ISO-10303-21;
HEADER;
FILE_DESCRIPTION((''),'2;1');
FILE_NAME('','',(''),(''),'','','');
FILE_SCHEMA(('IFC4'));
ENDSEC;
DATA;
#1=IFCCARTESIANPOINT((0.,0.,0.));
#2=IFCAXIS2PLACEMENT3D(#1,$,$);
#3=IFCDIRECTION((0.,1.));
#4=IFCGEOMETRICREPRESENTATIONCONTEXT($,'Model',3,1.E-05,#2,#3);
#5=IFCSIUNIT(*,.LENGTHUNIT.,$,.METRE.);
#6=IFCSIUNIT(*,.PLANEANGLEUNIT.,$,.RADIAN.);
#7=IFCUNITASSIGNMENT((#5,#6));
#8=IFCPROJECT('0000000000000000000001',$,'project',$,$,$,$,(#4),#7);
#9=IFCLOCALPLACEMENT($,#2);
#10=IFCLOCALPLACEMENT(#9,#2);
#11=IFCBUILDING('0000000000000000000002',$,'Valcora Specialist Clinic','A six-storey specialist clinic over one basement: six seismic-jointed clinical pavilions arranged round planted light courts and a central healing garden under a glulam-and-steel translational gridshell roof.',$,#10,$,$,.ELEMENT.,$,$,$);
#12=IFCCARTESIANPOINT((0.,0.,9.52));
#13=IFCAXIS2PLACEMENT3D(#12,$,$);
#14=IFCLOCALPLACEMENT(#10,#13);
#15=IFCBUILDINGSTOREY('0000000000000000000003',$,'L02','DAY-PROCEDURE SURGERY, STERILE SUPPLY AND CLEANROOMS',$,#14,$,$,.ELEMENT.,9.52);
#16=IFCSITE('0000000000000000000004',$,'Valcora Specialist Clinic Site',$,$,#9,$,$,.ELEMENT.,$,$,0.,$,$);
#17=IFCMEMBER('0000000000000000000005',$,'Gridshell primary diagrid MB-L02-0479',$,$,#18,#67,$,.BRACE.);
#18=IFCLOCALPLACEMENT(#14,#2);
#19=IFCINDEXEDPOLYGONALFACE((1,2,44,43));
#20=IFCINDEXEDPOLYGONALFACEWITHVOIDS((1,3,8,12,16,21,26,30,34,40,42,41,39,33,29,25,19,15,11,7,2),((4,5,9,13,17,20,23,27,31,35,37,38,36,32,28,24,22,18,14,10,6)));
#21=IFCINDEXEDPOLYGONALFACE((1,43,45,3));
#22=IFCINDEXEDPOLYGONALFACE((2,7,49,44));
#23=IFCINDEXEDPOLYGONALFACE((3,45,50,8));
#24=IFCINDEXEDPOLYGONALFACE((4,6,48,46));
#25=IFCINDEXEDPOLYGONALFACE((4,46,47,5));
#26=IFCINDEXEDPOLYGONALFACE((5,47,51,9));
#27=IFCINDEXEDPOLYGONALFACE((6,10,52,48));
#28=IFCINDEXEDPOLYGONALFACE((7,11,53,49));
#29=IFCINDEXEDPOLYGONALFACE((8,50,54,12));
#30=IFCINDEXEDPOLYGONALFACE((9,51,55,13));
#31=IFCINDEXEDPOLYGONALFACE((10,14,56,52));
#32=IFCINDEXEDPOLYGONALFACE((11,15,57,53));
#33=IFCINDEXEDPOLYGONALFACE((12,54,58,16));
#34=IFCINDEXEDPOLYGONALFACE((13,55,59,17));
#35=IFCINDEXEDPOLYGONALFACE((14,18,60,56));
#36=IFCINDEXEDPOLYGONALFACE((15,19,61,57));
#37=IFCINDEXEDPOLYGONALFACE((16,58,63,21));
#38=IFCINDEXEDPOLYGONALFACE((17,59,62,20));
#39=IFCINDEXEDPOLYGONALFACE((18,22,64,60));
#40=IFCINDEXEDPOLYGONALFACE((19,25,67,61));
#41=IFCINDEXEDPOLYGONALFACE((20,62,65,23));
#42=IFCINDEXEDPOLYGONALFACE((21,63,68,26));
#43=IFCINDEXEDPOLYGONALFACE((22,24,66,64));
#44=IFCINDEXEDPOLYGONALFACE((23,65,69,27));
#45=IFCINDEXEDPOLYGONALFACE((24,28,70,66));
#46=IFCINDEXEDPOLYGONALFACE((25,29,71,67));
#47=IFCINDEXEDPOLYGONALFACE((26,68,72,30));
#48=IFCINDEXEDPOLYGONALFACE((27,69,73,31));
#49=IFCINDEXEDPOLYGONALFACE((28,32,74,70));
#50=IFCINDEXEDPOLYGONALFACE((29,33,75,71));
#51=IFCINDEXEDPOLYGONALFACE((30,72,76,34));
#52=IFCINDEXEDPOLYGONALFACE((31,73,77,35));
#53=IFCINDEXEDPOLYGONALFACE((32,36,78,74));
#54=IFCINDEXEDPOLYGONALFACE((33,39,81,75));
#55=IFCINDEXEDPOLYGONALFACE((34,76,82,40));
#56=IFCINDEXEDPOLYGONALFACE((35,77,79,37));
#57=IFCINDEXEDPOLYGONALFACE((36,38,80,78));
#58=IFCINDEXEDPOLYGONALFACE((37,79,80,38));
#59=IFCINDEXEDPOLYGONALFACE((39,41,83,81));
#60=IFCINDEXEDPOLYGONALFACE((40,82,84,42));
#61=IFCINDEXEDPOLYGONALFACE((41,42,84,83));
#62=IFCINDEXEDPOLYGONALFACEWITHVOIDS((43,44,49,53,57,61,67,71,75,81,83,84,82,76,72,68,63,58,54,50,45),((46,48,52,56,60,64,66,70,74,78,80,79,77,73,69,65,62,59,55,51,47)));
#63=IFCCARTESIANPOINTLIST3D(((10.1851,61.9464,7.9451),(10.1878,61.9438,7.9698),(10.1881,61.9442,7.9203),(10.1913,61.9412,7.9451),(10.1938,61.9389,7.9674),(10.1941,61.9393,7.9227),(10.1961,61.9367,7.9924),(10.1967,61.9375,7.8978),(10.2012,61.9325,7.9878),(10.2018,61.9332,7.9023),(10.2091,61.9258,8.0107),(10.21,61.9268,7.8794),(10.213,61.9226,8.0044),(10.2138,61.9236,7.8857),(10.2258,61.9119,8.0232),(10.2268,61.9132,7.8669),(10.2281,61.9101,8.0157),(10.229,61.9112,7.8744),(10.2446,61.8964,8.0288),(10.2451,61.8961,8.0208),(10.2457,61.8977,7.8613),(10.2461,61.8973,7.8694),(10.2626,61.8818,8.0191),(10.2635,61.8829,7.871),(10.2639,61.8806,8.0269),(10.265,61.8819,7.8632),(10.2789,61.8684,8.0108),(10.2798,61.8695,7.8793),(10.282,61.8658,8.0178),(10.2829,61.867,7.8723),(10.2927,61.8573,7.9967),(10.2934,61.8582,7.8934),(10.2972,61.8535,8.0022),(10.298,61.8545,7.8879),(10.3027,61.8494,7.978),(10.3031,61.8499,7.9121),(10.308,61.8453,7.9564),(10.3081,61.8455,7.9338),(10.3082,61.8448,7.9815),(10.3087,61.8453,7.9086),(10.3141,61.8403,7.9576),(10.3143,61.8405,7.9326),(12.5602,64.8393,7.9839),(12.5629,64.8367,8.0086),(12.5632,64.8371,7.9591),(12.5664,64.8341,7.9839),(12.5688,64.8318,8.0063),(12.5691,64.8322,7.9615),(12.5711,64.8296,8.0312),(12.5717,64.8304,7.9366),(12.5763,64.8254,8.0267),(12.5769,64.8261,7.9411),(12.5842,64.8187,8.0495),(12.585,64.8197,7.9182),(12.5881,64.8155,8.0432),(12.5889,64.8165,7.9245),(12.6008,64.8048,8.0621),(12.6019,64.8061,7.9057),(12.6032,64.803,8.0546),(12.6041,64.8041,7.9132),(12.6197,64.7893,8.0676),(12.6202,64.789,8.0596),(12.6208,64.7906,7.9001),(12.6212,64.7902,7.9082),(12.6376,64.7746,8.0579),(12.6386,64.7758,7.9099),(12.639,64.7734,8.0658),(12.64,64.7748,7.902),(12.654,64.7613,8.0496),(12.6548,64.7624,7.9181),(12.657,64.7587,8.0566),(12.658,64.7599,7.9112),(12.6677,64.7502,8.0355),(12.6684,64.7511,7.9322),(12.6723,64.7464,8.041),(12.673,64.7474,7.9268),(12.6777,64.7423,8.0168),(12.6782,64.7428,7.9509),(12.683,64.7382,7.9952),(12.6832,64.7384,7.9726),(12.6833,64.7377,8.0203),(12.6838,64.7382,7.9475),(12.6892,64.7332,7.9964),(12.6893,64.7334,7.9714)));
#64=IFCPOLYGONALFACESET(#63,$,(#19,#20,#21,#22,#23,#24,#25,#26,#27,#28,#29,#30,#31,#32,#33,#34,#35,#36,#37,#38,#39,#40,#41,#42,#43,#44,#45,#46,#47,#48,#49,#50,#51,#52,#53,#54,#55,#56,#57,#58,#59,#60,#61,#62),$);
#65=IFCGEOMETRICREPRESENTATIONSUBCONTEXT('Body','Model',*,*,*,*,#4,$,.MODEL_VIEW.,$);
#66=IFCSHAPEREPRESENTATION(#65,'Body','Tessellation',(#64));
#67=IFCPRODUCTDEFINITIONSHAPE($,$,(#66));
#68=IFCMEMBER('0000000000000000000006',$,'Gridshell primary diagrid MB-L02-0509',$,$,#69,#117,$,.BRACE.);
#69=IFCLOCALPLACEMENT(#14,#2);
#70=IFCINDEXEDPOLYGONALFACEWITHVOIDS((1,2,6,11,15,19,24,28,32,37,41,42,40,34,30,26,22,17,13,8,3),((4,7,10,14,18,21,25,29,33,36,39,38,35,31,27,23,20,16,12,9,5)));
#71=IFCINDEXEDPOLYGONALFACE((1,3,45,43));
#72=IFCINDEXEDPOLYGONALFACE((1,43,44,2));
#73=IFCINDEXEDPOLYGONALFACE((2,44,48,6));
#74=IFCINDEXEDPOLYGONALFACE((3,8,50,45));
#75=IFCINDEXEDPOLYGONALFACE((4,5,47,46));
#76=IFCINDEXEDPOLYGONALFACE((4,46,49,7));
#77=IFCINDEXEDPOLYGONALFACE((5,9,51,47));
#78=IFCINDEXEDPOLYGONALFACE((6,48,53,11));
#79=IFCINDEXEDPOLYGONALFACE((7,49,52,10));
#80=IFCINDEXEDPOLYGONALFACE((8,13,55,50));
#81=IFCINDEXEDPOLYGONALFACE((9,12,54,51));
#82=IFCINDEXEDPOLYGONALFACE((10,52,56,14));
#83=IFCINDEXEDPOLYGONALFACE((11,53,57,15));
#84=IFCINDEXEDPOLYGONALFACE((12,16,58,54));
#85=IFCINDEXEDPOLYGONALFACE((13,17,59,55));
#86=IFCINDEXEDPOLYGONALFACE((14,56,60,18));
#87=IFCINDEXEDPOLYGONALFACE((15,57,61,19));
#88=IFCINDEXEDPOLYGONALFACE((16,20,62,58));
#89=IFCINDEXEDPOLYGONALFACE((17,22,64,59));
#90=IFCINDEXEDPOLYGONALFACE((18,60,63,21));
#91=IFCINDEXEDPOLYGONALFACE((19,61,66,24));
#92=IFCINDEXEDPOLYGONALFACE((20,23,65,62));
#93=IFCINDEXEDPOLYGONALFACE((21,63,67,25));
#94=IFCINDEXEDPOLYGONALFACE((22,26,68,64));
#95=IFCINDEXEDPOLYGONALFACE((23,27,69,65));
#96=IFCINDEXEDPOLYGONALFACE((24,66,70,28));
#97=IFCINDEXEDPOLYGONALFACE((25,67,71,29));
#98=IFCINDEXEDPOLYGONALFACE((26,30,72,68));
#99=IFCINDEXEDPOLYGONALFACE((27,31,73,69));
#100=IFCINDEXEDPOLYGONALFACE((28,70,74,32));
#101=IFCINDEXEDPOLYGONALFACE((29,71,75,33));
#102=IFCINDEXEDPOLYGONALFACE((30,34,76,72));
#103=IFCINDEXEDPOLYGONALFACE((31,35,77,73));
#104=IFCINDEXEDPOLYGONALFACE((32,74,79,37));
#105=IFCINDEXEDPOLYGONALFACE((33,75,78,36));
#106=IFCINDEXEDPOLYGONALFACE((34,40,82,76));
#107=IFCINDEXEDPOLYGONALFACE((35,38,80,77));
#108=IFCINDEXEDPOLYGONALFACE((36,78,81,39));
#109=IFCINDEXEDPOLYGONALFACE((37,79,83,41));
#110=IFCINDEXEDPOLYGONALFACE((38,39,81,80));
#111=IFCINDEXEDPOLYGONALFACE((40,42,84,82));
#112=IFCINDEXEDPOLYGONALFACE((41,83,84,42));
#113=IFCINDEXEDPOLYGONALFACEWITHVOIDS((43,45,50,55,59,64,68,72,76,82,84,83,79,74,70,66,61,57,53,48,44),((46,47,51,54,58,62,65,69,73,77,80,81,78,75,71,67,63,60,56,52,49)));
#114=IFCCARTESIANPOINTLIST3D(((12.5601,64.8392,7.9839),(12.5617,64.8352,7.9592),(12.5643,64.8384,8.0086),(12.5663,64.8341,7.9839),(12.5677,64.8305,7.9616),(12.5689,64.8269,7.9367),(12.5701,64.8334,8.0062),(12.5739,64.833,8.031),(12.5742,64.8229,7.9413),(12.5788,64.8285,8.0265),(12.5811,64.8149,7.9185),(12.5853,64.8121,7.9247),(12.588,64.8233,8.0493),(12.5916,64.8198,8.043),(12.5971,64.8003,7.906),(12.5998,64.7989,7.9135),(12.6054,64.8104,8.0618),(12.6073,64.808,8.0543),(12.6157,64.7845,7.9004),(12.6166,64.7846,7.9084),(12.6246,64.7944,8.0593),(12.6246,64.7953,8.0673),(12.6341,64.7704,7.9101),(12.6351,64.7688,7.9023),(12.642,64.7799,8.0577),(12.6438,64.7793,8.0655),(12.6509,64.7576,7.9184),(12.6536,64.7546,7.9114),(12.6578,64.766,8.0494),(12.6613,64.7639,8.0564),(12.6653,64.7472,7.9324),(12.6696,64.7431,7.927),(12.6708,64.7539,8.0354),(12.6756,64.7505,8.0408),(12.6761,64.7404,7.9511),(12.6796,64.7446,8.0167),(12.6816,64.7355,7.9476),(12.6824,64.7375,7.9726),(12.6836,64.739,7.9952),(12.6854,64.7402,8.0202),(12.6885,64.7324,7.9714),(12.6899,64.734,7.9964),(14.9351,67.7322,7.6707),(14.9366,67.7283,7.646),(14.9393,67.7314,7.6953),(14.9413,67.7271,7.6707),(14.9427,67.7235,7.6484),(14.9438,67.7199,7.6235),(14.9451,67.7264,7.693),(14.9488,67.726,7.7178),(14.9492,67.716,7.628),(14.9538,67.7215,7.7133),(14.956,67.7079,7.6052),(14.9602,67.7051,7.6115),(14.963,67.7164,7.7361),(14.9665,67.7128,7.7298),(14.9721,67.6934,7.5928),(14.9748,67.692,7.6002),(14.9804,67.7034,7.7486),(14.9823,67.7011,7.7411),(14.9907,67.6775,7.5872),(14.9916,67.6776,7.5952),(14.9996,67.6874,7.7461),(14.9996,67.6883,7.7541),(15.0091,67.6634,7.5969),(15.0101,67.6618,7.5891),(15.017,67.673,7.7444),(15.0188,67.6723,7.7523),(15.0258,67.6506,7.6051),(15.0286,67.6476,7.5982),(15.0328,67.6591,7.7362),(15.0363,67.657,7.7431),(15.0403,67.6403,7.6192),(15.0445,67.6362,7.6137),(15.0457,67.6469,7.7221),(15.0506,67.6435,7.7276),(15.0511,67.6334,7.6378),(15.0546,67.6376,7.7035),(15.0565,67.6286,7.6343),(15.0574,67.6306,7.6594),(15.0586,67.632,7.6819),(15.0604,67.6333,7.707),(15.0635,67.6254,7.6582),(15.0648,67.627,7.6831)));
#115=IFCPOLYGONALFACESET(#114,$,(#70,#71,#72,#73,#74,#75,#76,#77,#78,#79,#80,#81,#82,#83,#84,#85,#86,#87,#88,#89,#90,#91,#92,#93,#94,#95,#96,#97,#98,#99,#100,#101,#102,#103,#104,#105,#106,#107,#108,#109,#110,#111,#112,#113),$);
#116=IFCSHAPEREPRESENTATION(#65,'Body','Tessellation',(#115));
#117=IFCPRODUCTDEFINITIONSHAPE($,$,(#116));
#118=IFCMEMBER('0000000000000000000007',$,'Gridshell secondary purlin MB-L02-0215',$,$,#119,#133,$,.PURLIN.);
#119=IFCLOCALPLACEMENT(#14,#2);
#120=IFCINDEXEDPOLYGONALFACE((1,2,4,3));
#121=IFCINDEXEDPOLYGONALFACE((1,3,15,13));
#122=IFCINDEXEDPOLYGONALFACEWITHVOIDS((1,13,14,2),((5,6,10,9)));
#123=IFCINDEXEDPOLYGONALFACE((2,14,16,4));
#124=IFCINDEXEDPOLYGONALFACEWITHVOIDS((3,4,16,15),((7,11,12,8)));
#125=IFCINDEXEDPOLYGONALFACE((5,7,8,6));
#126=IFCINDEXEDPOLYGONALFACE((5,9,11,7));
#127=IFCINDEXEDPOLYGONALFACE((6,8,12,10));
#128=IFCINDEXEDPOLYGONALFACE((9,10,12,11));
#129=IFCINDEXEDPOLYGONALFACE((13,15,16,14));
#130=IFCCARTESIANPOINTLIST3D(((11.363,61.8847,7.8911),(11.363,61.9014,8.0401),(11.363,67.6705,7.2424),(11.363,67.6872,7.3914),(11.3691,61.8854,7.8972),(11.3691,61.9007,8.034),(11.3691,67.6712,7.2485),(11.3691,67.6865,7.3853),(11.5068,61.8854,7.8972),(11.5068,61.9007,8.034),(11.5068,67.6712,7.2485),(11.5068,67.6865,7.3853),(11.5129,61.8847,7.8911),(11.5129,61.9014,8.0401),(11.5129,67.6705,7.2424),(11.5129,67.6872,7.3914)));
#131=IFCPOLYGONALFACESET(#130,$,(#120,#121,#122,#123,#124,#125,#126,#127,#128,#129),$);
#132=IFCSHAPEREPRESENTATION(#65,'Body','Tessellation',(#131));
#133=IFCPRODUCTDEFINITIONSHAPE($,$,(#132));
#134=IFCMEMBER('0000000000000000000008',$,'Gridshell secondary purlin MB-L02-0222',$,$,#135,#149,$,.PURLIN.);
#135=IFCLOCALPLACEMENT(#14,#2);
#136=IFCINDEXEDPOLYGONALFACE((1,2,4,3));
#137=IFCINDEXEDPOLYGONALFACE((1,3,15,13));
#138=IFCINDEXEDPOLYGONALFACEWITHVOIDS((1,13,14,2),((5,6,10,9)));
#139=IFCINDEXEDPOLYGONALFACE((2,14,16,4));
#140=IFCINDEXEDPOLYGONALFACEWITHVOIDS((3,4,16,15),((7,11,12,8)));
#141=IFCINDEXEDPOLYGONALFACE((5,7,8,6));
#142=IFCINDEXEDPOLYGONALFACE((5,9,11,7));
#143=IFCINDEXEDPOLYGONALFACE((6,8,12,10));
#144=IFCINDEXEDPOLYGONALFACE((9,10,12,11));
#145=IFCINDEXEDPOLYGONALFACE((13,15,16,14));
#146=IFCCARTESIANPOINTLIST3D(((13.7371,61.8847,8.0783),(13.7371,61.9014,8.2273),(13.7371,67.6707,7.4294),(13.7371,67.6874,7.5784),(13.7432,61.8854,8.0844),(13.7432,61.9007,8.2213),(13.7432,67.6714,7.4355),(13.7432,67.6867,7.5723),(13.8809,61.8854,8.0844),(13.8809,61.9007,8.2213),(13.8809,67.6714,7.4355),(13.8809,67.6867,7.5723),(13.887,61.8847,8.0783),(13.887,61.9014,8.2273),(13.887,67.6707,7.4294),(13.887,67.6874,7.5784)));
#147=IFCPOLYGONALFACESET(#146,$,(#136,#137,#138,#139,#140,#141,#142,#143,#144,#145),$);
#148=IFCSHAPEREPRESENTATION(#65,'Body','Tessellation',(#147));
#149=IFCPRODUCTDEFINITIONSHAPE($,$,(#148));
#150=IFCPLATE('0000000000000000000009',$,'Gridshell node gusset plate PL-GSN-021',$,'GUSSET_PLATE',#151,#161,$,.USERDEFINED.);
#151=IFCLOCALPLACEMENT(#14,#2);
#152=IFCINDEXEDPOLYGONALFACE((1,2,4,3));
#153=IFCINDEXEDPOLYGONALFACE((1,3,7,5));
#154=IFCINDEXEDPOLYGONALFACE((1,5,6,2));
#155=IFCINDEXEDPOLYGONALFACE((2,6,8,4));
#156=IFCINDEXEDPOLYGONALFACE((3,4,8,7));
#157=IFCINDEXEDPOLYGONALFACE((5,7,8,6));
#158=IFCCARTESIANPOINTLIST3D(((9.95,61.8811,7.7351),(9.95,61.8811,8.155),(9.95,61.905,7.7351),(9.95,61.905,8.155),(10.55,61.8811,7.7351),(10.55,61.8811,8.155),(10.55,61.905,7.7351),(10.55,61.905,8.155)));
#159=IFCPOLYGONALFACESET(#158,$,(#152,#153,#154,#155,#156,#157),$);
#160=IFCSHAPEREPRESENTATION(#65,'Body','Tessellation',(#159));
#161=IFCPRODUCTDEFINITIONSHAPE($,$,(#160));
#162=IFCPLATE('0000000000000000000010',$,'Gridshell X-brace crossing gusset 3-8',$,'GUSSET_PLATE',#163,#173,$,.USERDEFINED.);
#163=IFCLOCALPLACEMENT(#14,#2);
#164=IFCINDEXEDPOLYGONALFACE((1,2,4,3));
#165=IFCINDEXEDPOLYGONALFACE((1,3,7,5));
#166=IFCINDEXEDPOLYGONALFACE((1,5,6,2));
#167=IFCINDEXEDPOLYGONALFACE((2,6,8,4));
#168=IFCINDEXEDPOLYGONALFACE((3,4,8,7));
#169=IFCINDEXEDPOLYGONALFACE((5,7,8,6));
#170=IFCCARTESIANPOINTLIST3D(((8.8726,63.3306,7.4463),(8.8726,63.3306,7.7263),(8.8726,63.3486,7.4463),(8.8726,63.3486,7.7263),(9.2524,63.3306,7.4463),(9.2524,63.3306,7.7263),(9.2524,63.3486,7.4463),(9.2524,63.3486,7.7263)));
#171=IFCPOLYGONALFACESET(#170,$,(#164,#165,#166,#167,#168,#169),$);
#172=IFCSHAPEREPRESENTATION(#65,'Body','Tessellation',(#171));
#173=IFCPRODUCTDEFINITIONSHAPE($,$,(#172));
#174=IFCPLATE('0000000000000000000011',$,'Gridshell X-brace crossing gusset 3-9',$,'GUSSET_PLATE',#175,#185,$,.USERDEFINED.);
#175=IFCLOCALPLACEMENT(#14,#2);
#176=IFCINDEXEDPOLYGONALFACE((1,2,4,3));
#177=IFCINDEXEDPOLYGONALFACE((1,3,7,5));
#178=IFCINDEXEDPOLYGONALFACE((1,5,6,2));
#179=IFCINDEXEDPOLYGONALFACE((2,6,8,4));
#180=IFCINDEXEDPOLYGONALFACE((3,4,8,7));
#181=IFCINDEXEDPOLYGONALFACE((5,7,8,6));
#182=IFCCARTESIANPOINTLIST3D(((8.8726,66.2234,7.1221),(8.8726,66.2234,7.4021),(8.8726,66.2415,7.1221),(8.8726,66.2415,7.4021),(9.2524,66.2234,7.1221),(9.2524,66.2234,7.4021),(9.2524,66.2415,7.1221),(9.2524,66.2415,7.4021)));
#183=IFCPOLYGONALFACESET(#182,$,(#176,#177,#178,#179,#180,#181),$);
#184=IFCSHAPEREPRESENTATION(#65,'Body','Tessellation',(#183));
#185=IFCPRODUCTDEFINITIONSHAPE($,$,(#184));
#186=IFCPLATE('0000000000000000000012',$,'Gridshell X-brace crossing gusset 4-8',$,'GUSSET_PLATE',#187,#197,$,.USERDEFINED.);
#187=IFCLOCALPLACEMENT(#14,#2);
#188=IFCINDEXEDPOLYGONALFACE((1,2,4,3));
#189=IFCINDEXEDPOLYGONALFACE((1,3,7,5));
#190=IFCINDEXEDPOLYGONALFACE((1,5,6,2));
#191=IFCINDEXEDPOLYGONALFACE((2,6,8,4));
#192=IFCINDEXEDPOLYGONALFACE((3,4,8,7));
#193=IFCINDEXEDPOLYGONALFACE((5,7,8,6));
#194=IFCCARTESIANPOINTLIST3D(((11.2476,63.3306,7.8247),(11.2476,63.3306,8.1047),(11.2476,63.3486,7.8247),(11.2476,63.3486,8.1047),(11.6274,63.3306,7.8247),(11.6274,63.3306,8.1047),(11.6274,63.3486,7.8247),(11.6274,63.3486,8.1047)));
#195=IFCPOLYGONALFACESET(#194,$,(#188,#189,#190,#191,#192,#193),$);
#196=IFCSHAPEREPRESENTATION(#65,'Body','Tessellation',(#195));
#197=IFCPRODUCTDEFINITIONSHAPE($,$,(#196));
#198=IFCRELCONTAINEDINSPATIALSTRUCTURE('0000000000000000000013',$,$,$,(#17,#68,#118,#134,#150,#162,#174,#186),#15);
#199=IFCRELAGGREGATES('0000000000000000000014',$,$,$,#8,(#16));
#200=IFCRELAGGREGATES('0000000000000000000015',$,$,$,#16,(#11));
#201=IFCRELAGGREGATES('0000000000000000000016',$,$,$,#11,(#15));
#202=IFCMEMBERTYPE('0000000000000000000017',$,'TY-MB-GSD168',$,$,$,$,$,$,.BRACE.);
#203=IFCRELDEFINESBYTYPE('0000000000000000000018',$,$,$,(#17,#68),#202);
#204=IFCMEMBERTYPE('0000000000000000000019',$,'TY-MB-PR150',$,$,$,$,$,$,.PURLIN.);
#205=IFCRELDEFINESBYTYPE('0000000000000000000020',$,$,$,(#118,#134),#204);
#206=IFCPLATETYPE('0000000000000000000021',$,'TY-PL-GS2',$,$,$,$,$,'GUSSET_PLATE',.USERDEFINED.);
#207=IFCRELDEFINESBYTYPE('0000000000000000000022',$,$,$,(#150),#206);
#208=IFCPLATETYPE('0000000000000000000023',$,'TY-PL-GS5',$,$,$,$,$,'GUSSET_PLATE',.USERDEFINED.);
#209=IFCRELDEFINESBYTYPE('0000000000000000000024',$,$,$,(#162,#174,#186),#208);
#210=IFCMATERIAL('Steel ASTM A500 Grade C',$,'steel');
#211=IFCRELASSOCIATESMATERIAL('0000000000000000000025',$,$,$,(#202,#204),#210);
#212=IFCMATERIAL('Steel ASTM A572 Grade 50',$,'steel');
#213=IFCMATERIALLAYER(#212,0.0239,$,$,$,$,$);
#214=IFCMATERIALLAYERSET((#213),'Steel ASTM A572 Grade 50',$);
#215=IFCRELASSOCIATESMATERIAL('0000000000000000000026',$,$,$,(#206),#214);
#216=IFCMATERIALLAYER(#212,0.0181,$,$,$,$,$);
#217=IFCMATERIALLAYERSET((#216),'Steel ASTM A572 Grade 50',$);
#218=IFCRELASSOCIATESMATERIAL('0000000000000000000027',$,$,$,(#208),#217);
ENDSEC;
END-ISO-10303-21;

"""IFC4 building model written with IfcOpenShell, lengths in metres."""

from ifc_helpers import new_model, si_unit, direction, frame, origin, origin_2d, place, context, subcontext, project, spatial, rectangle, hollow_rectangle, hollow_circle, extrude, material, layer, layer_set, material_profile, profile_set, type_object, element, save


model = new_model("IFC4")

# Units and contexts
model_context = context("Model", 3, precision=1e-05, world=origin(), true_north=direction((0.0, 1.0)))
body_context = subcontext(model_context, "Body", "Model", "MODEL_VIEW")
ifc_project = project(units=[si_unit("LENGTHUNIT", "METRE"), si_unit("PLANEANGLEUNIT", "RADIAN")], contexts=[model_context])

# Site, building, storey
site_placement = place(None, origin())
site = spatial("IfcSite", under=ifc_project, at=site_placement, Name="Valcora Specialist Clinic Site", CompositionType="ELEMENT", RefElevation=0.0)
building_placement = place(site_placement, origin())
building = spatial("IfcBuilding", under=site, at=building_placement, Name="Valcora Specialist Clinic", Description="A six-storey specialist clinic over one basement: six seismic-jointed clinical pavilions arranged round planted light courts and a central healing garden under a glulam-and-steel translational gridshell roof.", CompositionType="ELEMENT")
storey_placement = place(building_placement, frame((0.0, 0.0, 9.52)))
storey = spatial("IfcBuildingStorey", under=building, at=storey_placement, Name="L02", Description="DAY-PROCEDURE SURGERY, STERILE SUPPLY AND CLEANROOMS", CompositionType="ELEMENT", Elevation=9.52)

# Members
ifc_material_1 = material(Name="Steel ASTM A500 Grade C", Category="steel")
ifc_material_profile_1 = material_profile(ifc_material_1, hollow_circle(Radius=0.084, WallThickness=0.0081, at=origin_2d()), Name="ST-CHS-168X8")
ifc_profile_set_1 = profile_set([ifc_material_profile_1], Name="Steel ASTM A500 Grade C")
member_type_1 = type_object("IfcMemberType", Name="TY-MB-GSD168", PredefinedType="BRACE", material=ifc_profile_set_1)
member_1_placement = place(storey_placement, frame((10.25, 61.8931, 7.9451), z_axis=(0.634506, 0.772848, 0.010371), x_axis=(-0.77289, 0.63454, 0.0)))
element("IfcMember", 1, at=member_1_placement, inside=storey, type_object=member_type_1, Name="Gridshell primary diagrid MB-L02-0479", PredefinedType="BRACE", context=body_context, shape_type="SweptSolid", body=[
    extrude(hollow_circle(Radius=0.084, WallThickness=0.0081, at=origin_2d()), origin(), (0.0, 0.0, 1.0), 3.7432),
])
member_2_placement = place(storey_placement, frame((12.625, 64.7859, 7.9839), z_axis=(0.632298, 0.770224, -0.083392), x_axis=(-0.772916, 0.634508, 0.0)))
element("IfcMember", 2, at=member_2_placement, inside=storey, type_object=member_type_1, Name="Gridshell primary diagrid MB-L02-0509", PredefinedType="BRACE", context=body_context, shape_type="SweptSolid", body=[
    extrude(hollow_circle(Radius=0.084, WallThickness=0.0081, at=origin_2d()), origin(), (0.0, 0.0, 1.0), 3.7561),
])
ifc_material_profile_2 = material_profile(ifc_material_1, hollow_rectangle(XDim=0.1499, YDim=0.1499, WallThickness=0.0061, at=origin_2d()), Name="ST-RHS-150X150X6")
ifc_profile_set_2 = profile_set([ifc_material_profile_2], Name="Steel ASTM A500 Grade C")
member_type_2 = type_object("IfcMemberType", Name="TY-MB-PR150", PredefinedType="PURLIN", material=ifc_profile_set_2)
member_3_placement = place(storey_placement, frame((11.438, 61.8931, 7.9656), z_axis=(0.0, 0.993774, -0.111416), x_axis=(-1.0, 0.0, 0.0)))
element("IfcMember", 3, at=member_3_placement, inside=storey, type_object=member_type_2, Name="Gridshell secondary purlin MB-L02-0215", PredefinedType="PURLIN", context=body_context, shape_type="SweptSolid", body=[
    extrude(hollow_rectangle(XDim=0.1499, YDim=0.1499, WallThickness=0.0061, at=origin_2d()), origin(), (0.0, 0.0, 1.0), 5.822),
])
member_4_placement = place(storey_placement, frame((13.812, 61.8931, 8.1528), z_axis=(0.0, 0.993769, -0.111458), x_axis=(-1.0, 0.0, 0.0)))
element("IfcMember", 4, at=member_4_placement, inside=storey, type_object=member_type_2, Name="Gridshell secondary purlin MB-L02-0222", PredefinedType="PURLIN", context=body_context, shape_type="SweptSolid", body=[
    extrude(hollow_rectangle(XDim=0.1499, YDim=0.1499, WallThickness=0.0061, at=origin_2d()), origin(), (0.0, 0.0, 1.0), 5.8223),
])

# Plates
ifc_material_2 = material(Name="Steel ASTM A572 Grade 50", Category="steel")
ifc_layer_1 = layer(ifc_material_2, 0.0239)
ifc_layer_set_1 = layer_set([ifc_layer_1], Name="Steel ASTM A572 Grade 50")
plate_type_1 = type_object("IfcPlateType", Name="TY-PL-GS2", ElementType="GUSSET_PLATE", PredefinedType="USERDEFINED", material=ifc_layer_set_1)
plate_placement = place(storey_placement, frame((10.25, 61.8931, 7.7351), z_axis=(0.0, 0.0, 1.0), x_axis=(1.0, 0.0, 0.0)))
element("IfcPlate", 5, at=plate_placement, inside=storey, type_object=plate_type_1, Name="Gridshell node gusset plate PL-GSN-021", ObjectType="GUSSET_PLATE", PredefinedType="USERDEFINED", context=body_context, shape_type="SweptSolid", body=[
    extrude(rectangle(XDim=0.6001, YDim=0.0239, at=origin_2d()), origin(), (0.0, 0.0, 1.0), 0.4199),
])
ifc_layer_2 = layer(ifc_material_2, 0.0181)
ifc_layer_set_2 = layer_set([ifc_layer_2], Name="Steel ASTM A572 Grade 50")
plate_type_2 = type_object("IfcPlateType", Name="TY-PL-GS5", ElementType="GUSSET_PLATE", PredefinedType="USERDEFINED", material=ifc_layer_set_2)
for number, where, z_axis, x_axis, name in (
    (6, (9.0625, 63.3396, 7.4463), (0.0, 0.0, 1.0), (1.0, 0.0, 0.0), "Gridshell X-brace crossing gusset 3-8"),
    (7, (9.0625, 66.2324, 7.1221), (0.0, 0.0, 1.0), (1.0, 0.0, 0.0), "Gridshell X-brace crossing gusset 3-9"),
    (8, (11.4375, 63.3396, 7.8247), (0.0, 0.0, 1.0), (1.0, 0.0, 0.0), "Gridshell X-brace crossing gusset 4-8"),
):
    element("IfcPlate", number, at=place(storey_placement, frame(where, z_axis=z_axis, x_axis=x_axis)), inside=storey, type_object=plate_type_2, Name=name, ObjectType="GUSSET_PLATE", PredefinedType="USERDEFINED", context=body_context, shape_type="SweptSolid", body=[
        extrude(rectangle(XDim=0.3799, YDim=0.0181, at=origin_2d()), origin(), (0.0, 0.0, 1.0), 0.28),
    ])

save(model, "model.ifc")
